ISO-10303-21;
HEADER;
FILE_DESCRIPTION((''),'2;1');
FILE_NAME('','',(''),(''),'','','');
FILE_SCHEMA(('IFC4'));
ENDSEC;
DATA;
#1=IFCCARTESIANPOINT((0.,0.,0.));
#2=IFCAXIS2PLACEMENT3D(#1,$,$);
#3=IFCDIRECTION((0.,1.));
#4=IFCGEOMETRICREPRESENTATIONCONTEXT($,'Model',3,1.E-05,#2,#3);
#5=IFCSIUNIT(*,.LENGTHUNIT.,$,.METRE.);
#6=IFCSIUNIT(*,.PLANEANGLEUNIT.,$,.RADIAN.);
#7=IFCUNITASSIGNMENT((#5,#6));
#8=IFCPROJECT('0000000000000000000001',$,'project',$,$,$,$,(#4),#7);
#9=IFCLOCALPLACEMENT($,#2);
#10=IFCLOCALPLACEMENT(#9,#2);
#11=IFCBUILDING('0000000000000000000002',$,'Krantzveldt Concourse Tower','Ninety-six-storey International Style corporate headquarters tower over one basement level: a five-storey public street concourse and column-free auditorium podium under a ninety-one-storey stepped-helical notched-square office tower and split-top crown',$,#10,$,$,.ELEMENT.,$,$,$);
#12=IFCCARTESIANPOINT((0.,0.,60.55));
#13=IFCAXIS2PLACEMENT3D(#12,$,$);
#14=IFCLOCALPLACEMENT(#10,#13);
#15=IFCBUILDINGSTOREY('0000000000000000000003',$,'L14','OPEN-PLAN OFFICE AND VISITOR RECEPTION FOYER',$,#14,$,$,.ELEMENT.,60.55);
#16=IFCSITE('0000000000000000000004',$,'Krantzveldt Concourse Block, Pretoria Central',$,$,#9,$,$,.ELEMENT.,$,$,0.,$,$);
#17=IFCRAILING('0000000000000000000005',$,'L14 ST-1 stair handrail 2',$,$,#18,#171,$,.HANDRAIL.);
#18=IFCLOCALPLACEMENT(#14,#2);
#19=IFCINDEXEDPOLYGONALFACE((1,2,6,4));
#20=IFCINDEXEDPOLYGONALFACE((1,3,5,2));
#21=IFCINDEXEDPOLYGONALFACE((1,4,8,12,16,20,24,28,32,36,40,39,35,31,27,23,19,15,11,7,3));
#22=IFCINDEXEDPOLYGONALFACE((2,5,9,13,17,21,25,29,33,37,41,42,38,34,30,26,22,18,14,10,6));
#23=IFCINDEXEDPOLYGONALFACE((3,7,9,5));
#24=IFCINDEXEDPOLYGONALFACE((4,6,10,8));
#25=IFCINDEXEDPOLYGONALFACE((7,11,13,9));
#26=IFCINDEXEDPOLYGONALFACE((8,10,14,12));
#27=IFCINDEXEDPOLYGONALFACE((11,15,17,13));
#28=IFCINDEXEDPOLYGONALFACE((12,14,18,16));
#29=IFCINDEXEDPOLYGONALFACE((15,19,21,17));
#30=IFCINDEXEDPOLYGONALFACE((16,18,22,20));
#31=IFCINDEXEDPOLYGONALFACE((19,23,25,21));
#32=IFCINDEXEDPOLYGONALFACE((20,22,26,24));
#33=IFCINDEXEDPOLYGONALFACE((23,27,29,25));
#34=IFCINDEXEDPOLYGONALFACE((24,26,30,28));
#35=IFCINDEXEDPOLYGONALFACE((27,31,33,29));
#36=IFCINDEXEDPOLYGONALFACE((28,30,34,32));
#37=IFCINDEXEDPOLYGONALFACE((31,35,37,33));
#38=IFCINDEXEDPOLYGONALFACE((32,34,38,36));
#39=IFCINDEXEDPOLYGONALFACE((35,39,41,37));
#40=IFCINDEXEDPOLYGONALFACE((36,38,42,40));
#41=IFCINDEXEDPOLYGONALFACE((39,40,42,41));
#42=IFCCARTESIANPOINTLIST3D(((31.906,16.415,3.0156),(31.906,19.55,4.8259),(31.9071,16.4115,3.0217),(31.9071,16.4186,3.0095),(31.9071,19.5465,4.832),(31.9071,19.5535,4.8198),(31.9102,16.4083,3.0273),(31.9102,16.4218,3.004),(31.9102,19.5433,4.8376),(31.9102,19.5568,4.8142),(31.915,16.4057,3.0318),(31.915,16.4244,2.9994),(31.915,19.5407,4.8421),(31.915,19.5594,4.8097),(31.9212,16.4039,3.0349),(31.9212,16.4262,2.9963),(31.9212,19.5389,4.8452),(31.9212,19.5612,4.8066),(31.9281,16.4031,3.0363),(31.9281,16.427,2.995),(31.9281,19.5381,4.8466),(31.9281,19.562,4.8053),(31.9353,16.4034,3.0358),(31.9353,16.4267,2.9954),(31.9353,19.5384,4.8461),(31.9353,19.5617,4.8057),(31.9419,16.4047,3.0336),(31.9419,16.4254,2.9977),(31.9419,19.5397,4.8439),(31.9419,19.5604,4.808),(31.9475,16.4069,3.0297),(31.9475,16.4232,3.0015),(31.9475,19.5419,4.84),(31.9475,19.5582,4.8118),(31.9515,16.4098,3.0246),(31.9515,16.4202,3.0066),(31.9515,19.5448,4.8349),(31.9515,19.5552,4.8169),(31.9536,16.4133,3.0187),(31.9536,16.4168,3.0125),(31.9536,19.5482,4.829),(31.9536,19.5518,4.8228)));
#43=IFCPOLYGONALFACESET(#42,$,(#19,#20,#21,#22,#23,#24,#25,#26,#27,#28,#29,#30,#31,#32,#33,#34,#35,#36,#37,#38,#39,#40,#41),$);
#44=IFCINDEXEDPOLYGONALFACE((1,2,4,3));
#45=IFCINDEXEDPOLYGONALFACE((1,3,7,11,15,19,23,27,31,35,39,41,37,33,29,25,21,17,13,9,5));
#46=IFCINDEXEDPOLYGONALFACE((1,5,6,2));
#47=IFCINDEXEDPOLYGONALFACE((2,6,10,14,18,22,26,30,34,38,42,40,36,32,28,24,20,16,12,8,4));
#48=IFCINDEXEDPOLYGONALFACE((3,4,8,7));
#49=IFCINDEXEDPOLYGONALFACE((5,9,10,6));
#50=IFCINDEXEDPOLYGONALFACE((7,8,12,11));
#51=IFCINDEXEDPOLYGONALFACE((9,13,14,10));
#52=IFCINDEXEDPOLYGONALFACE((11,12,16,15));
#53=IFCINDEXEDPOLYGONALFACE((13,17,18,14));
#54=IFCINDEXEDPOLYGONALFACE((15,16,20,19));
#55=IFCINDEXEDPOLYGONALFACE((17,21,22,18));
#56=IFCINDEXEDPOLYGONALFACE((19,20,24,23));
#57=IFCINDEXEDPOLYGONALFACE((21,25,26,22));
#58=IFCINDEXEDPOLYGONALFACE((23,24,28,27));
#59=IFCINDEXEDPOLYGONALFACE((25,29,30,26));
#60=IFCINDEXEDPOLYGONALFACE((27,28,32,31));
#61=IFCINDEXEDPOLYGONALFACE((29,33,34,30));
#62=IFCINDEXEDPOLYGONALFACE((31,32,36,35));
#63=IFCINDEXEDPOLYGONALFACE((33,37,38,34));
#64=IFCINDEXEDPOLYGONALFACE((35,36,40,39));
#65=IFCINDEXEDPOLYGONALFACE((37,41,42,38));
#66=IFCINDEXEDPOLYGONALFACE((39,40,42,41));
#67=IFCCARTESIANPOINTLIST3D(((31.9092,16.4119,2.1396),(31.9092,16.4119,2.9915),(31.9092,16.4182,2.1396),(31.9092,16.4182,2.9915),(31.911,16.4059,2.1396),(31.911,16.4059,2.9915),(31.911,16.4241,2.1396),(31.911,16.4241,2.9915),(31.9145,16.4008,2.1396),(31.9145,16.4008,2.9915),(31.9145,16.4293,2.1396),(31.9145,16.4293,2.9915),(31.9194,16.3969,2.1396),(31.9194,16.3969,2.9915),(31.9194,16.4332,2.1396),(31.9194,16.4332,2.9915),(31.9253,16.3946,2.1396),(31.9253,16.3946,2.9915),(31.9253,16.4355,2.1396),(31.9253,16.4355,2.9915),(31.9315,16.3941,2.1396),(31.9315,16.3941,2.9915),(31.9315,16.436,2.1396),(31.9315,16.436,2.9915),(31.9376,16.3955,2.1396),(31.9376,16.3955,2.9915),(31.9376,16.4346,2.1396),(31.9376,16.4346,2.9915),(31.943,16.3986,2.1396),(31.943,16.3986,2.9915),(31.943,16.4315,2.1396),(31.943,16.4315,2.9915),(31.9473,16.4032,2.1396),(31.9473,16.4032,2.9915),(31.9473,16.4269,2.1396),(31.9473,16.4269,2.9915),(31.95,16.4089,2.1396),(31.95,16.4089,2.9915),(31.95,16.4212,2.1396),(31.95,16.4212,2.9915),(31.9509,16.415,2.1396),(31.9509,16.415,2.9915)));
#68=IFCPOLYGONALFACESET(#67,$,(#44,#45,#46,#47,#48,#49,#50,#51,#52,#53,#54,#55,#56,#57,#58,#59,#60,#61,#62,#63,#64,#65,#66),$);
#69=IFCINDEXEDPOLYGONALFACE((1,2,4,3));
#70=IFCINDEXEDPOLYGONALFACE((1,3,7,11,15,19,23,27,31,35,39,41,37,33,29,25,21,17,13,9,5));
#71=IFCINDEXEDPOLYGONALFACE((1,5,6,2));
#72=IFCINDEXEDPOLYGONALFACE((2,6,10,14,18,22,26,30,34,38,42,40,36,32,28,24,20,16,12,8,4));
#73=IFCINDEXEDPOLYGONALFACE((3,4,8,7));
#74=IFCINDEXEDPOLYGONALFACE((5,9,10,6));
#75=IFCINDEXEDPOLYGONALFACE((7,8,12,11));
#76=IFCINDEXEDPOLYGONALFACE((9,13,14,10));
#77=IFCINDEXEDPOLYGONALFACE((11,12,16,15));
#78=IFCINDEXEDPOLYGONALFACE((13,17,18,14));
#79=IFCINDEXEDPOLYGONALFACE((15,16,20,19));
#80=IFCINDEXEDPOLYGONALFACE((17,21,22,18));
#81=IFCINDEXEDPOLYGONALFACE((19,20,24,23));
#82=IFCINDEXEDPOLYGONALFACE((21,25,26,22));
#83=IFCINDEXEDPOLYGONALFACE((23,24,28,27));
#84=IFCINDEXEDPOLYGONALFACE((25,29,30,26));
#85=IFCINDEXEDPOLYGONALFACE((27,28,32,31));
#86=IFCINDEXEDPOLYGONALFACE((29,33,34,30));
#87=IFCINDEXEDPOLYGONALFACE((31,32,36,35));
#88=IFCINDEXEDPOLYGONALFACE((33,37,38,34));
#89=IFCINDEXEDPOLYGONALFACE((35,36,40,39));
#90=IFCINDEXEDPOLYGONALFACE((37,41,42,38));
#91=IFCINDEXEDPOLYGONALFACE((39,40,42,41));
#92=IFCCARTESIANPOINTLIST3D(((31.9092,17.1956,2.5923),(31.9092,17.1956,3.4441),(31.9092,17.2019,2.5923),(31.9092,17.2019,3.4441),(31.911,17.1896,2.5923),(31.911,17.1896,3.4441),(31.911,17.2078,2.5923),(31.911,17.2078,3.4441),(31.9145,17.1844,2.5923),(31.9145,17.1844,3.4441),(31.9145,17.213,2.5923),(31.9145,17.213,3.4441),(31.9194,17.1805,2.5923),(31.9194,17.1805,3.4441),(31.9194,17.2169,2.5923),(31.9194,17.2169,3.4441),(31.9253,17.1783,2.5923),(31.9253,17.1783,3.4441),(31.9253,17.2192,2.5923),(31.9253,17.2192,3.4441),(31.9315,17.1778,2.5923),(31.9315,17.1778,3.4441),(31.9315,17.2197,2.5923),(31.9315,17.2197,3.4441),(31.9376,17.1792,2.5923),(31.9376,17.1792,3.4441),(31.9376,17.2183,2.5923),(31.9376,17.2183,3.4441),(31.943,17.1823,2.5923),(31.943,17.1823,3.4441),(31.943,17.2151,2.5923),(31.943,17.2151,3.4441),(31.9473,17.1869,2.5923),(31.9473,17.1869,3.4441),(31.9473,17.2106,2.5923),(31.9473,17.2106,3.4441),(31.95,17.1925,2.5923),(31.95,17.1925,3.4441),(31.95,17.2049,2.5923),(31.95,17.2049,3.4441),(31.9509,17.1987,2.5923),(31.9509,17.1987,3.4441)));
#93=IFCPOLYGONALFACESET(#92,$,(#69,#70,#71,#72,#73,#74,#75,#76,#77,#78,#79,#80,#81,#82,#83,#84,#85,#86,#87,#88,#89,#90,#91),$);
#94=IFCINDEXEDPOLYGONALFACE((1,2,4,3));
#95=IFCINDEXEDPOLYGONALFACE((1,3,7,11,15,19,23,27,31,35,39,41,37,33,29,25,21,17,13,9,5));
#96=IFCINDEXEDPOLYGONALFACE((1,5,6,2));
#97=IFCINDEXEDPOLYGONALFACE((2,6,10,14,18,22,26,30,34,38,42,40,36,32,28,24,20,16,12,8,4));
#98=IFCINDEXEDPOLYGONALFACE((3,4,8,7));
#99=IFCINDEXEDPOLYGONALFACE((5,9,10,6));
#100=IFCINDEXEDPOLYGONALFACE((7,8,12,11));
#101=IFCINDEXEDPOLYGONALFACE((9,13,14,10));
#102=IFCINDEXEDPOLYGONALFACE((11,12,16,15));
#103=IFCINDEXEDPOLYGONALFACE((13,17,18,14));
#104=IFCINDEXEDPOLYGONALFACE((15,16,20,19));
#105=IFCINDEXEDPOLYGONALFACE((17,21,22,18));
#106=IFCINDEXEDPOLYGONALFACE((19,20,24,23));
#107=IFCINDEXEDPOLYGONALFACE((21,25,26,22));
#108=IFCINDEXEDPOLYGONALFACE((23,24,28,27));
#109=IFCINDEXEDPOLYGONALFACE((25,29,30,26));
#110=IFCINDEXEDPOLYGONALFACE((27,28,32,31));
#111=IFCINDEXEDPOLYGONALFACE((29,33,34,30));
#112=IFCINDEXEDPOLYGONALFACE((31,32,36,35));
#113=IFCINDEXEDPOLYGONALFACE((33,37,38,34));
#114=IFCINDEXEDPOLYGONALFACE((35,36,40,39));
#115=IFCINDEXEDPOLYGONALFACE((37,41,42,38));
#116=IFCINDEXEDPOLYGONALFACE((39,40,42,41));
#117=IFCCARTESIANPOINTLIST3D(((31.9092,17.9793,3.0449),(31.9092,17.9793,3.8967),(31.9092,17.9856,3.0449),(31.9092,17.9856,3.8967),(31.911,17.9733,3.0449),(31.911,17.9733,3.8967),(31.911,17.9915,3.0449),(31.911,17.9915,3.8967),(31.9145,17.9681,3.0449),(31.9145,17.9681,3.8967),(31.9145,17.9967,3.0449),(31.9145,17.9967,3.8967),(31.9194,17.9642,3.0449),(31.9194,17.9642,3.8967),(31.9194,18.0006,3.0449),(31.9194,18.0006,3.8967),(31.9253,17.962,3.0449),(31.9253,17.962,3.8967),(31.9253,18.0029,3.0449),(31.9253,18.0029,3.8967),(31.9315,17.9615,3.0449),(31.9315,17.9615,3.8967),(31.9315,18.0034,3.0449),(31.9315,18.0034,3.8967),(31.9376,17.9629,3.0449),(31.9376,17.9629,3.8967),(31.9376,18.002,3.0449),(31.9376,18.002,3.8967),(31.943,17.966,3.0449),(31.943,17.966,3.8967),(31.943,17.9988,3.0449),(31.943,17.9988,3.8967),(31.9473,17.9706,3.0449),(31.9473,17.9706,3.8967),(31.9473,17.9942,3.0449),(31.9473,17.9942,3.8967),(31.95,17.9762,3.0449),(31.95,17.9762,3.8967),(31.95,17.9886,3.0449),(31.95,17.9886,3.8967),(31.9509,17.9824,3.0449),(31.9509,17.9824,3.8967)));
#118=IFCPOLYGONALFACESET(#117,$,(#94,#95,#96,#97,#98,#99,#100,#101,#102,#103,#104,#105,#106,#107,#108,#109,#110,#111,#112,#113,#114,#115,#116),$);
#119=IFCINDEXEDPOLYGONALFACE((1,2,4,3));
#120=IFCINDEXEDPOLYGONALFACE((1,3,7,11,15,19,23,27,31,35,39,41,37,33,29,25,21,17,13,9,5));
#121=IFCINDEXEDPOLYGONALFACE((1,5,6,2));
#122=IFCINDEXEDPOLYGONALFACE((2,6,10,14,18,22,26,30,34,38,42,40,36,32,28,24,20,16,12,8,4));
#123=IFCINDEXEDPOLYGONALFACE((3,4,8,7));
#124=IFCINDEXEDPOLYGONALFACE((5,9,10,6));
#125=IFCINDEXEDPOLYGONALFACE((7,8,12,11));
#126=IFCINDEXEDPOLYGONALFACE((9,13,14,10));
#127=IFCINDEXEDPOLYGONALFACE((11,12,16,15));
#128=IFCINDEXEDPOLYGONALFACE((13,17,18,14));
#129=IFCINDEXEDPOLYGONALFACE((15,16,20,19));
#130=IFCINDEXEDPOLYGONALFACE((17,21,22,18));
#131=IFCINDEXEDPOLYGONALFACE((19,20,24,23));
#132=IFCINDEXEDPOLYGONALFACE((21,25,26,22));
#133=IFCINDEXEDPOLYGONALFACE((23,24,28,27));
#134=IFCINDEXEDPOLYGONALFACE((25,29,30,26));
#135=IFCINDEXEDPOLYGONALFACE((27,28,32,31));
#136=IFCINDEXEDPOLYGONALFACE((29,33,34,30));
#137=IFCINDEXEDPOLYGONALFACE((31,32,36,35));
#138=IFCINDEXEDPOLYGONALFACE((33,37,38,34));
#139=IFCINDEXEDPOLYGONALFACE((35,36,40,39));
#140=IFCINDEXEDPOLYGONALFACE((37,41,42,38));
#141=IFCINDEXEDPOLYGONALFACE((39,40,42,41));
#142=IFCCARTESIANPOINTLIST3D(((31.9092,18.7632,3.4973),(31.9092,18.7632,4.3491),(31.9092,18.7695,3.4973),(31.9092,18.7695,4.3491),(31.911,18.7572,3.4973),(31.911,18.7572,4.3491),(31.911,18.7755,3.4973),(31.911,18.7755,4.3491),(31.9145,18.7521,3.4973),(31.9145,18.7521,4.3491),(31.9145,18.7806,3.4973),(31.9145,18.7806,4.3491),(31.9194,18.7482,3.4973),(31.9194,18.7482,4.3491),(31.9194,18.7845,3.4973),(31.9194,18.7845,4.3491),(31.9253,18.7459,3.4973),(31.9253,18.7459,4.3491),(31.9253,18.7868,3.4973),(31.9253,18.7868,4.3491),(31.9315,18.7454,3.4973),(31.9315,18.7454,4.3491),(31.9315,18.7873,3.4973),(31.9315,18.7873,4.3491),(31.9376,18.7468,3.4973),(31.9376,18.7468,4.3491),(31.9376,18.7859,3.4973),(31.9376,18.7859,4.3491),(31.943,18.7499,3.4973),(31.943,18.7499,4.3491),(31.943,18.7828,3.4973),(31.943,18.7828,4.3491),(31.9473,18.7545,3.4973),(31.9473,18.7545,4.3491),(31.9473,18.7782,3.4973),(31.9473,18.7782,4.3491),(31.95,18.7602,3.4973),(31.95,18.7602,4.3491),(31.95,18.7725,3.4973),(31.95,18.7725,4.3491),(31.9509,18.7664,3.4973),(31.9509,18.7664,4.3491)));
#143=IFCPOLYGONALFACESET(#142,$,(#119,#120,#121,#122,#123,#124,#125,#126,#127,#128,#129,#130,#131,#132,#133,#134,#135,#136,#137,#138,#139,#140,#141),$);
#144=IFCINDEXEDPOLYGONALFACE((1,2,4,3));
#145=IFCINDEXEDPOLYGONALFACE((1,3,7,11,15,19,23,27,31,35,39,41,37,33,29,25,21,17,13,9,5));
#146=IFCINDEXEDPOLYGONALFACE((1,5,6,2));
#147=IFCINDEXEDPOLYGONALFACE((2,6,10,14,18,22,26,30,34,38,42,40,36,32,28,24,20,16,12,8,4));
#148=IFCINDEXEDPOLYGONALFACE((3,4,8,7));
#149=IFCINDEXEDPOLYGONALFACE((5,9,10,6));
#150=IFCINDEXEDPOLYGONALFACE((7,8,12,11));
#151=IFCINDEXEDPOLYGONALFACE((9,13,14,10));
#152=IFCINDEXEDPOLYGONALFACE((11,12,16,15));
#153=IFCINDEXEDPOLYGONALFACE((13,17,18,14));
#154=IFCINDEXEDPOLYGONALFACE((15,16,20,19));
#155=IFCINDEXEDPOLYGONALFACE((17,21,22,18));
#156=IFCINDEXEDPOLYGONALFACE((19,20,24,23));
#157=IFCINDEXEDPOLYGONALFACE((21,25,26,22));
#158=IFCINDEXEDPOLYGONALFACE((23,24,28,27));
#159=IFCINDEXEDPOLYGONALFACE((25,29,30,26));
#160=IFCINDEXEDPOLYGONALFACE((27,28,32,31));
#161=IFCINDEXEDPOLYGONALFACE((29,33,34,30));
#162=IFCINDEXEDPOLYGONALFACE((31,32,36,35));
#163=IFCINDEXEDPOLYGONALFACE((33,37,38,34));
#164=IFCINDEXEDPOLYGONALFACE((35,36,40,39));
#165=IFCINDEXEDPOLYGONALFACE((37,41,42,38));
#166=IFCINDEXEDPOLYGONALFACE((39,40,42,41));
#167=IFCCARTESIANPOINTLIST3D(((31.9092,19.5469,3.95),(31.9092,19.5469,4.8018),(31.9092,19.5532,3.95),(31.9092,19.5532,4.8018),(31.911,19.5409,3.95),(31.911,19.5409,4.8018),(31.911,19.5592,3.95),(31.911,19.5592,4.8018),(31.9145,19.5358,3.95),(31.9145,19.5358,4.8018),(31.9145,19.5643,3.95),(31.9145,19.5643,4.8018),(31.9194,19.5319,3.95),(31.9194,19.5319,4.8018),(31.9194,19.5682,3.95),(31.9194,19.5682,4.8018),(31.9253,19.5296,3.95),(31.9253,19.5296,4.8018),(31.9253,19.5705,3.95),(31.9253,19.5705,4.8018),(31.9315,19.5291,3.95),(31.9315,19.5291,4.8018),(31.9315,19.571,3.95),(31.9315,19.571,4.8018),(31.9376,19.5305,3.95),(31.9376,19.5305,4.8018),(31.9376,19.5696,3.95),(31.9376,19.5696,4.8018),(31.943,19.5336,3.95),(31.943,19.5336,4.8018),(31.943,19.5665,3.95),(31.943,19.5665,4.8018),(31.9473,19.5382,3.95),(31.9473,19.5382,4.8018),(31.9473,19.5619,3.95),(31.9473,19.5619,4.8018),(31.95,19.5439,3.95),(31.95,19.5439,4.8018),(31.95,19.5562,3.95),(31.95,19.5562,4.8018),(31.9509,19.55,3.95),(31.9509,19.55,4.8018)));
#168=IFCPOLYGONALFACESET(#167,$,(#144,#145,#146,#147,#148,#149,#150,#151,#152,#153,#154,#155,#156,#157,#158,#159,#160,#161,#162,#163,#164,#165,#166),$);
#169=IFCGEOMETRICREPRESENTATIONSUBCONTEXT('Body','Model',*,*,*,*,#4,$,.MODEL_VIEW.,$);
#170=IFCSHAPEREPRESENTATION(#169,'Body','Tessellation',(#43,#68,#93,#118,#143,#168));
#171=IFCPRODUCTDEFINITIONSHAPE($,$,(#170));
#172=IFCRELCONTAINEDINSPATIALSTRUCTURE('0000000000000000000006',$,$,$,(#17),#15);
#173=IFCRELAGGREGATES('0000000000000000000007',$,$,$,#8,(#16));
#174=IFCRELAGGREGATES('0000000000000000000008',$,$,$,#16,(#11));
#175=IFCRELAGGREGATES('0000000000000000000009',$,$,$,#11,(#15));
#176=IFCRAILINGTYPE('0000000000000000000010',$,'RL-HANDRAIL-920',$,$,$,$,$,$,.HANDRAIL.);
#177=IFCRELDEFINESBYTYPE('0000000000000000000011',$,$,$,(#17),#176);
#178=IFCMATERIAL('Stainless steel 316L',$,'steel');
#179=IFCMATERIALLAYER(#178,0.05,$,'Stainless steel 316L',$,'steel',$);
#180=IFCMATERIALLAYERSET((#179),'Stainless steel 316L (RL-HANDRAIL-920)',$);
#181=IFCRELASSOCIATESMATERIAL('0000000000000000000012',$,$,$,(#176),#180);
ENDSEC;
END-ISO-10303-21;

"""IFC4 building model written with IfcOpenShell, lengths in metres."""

from ifc_helpers import new_model, si_unit, direction, frame, origin, origin_2d, place, context, subcontext, project, spatial, circle, extrude, material, layer, layer_set, type_object, element, save


model = new_model("IFC4")

# Units and contexts
model_context = context("Model", 3, precision=1e-05, world=origin(), true_north=direction((0.0, 1.0)))
body_context = subcontext(model_context, "Body", "Model", "MODEL_VIEW")
ifc_project = project(units=[si_unit("LENGTHUNIT", "METRE"), si_unit("PLANEANGLEUNIT", "RADIAN")], contexts=[model_context])

# Site, building, storey
site_placement = place(None, origin())
site = spatial("IfcSite", under=ifc_project, at=site_placement, Name="Krantzveldt Concourse Block, Pretoria Central", CompositionType="ELEMENT", RefElevation=0.0)
building_placement = place(site_placement, origin())
building = spatial("IfcBuilding", under=site, at=building_placement, Name="Krantzveldt Concourse Tower", Description="Ninety-six-storey International Style corporate headquarters tower over one basement level: a five-storey public street concourse and column-free auditorium podium under a ninety-one-storey stepped-helical notched-square office tower and split-top crown", CompositionType="ELEMENT")
storey_placement = place(building_placement, frame((0.0, 0.0, 60.55)))
storey = spatial("IfcBuildingStorey", under=building, at=storey_placement, Name="L14", Description="OPEN-PLAN OFFICE AND VISITOR RECEPTION FOYER", CompositionType="ELEMENT", Elevation=60.55)

# Shared definitions
ifc_material_1 = material(Name="Stainless steel 316L", Category="steel")

# Railing
ifc_layer_1 = layer(ifc_material_1, 0.05, Name="Stainless steel 316L", Category="steel")
ifc_layer_set_1 = layer_set([ifc_layer_1], Name="Stainless steel 316L (RL-HANDRAIL-920)")
railing_type_1 = type_object("IfcRailingType", Name="RL-HANDRAIL-920", PredefinedType="HANDRAIL", material=ifc_layer_set_1)
railing_1_placement = place(storey_placement, frame((31.9299, 16.415, 2.1396)))
element("IfcRailing", 1, at=railing_1_placement, inside=storey, type_object=railing_type_1, Name="L14 ST-1 stair handrail 2", PredefinedType="HANDRAIL", context=body_context, shape_type="SweptSolid", body=[
    extrude(circle(Radius=0.0239, at=origin_2d()), frame((0.0, 0.0, 0.876), z_axis=(0.0, 0.865989, 0.500063), x_axis=(-1.0, 0.0, 0.0)), (0.0, 0.0, 1.0), 3.6201),
    extrude(circle(Radius=0.021, at=origin_2d()), origin(), (0.0, 0.0, 1.0), 0.8518),
    extrude(circle(Radius=0.021, at=origin_2d()), frame((0.0, 0.7837, 0.4526)), (0.0, 0.0, 1.0), 0.8518),
    extrude(circle(Radius=0.021, at=origin_2d()), frame((0.0, 1.5674, 0.9053)), (0.0, 0.0, 1.0), 0.8518),
    extrude(circle(Radius=0.021, at=origin_2d()), frame((0.0, 2.3513, 1.3577)), (0.0, 0.0, 1.0), 0.8518),
    extrude(circle(Radius=0.021, at=origin_2d()), frame((0.0, 3.135, 1.8103)), (0.0, 0.0, 1.0), 0.8518),
])

save(model, "model.ifc")
